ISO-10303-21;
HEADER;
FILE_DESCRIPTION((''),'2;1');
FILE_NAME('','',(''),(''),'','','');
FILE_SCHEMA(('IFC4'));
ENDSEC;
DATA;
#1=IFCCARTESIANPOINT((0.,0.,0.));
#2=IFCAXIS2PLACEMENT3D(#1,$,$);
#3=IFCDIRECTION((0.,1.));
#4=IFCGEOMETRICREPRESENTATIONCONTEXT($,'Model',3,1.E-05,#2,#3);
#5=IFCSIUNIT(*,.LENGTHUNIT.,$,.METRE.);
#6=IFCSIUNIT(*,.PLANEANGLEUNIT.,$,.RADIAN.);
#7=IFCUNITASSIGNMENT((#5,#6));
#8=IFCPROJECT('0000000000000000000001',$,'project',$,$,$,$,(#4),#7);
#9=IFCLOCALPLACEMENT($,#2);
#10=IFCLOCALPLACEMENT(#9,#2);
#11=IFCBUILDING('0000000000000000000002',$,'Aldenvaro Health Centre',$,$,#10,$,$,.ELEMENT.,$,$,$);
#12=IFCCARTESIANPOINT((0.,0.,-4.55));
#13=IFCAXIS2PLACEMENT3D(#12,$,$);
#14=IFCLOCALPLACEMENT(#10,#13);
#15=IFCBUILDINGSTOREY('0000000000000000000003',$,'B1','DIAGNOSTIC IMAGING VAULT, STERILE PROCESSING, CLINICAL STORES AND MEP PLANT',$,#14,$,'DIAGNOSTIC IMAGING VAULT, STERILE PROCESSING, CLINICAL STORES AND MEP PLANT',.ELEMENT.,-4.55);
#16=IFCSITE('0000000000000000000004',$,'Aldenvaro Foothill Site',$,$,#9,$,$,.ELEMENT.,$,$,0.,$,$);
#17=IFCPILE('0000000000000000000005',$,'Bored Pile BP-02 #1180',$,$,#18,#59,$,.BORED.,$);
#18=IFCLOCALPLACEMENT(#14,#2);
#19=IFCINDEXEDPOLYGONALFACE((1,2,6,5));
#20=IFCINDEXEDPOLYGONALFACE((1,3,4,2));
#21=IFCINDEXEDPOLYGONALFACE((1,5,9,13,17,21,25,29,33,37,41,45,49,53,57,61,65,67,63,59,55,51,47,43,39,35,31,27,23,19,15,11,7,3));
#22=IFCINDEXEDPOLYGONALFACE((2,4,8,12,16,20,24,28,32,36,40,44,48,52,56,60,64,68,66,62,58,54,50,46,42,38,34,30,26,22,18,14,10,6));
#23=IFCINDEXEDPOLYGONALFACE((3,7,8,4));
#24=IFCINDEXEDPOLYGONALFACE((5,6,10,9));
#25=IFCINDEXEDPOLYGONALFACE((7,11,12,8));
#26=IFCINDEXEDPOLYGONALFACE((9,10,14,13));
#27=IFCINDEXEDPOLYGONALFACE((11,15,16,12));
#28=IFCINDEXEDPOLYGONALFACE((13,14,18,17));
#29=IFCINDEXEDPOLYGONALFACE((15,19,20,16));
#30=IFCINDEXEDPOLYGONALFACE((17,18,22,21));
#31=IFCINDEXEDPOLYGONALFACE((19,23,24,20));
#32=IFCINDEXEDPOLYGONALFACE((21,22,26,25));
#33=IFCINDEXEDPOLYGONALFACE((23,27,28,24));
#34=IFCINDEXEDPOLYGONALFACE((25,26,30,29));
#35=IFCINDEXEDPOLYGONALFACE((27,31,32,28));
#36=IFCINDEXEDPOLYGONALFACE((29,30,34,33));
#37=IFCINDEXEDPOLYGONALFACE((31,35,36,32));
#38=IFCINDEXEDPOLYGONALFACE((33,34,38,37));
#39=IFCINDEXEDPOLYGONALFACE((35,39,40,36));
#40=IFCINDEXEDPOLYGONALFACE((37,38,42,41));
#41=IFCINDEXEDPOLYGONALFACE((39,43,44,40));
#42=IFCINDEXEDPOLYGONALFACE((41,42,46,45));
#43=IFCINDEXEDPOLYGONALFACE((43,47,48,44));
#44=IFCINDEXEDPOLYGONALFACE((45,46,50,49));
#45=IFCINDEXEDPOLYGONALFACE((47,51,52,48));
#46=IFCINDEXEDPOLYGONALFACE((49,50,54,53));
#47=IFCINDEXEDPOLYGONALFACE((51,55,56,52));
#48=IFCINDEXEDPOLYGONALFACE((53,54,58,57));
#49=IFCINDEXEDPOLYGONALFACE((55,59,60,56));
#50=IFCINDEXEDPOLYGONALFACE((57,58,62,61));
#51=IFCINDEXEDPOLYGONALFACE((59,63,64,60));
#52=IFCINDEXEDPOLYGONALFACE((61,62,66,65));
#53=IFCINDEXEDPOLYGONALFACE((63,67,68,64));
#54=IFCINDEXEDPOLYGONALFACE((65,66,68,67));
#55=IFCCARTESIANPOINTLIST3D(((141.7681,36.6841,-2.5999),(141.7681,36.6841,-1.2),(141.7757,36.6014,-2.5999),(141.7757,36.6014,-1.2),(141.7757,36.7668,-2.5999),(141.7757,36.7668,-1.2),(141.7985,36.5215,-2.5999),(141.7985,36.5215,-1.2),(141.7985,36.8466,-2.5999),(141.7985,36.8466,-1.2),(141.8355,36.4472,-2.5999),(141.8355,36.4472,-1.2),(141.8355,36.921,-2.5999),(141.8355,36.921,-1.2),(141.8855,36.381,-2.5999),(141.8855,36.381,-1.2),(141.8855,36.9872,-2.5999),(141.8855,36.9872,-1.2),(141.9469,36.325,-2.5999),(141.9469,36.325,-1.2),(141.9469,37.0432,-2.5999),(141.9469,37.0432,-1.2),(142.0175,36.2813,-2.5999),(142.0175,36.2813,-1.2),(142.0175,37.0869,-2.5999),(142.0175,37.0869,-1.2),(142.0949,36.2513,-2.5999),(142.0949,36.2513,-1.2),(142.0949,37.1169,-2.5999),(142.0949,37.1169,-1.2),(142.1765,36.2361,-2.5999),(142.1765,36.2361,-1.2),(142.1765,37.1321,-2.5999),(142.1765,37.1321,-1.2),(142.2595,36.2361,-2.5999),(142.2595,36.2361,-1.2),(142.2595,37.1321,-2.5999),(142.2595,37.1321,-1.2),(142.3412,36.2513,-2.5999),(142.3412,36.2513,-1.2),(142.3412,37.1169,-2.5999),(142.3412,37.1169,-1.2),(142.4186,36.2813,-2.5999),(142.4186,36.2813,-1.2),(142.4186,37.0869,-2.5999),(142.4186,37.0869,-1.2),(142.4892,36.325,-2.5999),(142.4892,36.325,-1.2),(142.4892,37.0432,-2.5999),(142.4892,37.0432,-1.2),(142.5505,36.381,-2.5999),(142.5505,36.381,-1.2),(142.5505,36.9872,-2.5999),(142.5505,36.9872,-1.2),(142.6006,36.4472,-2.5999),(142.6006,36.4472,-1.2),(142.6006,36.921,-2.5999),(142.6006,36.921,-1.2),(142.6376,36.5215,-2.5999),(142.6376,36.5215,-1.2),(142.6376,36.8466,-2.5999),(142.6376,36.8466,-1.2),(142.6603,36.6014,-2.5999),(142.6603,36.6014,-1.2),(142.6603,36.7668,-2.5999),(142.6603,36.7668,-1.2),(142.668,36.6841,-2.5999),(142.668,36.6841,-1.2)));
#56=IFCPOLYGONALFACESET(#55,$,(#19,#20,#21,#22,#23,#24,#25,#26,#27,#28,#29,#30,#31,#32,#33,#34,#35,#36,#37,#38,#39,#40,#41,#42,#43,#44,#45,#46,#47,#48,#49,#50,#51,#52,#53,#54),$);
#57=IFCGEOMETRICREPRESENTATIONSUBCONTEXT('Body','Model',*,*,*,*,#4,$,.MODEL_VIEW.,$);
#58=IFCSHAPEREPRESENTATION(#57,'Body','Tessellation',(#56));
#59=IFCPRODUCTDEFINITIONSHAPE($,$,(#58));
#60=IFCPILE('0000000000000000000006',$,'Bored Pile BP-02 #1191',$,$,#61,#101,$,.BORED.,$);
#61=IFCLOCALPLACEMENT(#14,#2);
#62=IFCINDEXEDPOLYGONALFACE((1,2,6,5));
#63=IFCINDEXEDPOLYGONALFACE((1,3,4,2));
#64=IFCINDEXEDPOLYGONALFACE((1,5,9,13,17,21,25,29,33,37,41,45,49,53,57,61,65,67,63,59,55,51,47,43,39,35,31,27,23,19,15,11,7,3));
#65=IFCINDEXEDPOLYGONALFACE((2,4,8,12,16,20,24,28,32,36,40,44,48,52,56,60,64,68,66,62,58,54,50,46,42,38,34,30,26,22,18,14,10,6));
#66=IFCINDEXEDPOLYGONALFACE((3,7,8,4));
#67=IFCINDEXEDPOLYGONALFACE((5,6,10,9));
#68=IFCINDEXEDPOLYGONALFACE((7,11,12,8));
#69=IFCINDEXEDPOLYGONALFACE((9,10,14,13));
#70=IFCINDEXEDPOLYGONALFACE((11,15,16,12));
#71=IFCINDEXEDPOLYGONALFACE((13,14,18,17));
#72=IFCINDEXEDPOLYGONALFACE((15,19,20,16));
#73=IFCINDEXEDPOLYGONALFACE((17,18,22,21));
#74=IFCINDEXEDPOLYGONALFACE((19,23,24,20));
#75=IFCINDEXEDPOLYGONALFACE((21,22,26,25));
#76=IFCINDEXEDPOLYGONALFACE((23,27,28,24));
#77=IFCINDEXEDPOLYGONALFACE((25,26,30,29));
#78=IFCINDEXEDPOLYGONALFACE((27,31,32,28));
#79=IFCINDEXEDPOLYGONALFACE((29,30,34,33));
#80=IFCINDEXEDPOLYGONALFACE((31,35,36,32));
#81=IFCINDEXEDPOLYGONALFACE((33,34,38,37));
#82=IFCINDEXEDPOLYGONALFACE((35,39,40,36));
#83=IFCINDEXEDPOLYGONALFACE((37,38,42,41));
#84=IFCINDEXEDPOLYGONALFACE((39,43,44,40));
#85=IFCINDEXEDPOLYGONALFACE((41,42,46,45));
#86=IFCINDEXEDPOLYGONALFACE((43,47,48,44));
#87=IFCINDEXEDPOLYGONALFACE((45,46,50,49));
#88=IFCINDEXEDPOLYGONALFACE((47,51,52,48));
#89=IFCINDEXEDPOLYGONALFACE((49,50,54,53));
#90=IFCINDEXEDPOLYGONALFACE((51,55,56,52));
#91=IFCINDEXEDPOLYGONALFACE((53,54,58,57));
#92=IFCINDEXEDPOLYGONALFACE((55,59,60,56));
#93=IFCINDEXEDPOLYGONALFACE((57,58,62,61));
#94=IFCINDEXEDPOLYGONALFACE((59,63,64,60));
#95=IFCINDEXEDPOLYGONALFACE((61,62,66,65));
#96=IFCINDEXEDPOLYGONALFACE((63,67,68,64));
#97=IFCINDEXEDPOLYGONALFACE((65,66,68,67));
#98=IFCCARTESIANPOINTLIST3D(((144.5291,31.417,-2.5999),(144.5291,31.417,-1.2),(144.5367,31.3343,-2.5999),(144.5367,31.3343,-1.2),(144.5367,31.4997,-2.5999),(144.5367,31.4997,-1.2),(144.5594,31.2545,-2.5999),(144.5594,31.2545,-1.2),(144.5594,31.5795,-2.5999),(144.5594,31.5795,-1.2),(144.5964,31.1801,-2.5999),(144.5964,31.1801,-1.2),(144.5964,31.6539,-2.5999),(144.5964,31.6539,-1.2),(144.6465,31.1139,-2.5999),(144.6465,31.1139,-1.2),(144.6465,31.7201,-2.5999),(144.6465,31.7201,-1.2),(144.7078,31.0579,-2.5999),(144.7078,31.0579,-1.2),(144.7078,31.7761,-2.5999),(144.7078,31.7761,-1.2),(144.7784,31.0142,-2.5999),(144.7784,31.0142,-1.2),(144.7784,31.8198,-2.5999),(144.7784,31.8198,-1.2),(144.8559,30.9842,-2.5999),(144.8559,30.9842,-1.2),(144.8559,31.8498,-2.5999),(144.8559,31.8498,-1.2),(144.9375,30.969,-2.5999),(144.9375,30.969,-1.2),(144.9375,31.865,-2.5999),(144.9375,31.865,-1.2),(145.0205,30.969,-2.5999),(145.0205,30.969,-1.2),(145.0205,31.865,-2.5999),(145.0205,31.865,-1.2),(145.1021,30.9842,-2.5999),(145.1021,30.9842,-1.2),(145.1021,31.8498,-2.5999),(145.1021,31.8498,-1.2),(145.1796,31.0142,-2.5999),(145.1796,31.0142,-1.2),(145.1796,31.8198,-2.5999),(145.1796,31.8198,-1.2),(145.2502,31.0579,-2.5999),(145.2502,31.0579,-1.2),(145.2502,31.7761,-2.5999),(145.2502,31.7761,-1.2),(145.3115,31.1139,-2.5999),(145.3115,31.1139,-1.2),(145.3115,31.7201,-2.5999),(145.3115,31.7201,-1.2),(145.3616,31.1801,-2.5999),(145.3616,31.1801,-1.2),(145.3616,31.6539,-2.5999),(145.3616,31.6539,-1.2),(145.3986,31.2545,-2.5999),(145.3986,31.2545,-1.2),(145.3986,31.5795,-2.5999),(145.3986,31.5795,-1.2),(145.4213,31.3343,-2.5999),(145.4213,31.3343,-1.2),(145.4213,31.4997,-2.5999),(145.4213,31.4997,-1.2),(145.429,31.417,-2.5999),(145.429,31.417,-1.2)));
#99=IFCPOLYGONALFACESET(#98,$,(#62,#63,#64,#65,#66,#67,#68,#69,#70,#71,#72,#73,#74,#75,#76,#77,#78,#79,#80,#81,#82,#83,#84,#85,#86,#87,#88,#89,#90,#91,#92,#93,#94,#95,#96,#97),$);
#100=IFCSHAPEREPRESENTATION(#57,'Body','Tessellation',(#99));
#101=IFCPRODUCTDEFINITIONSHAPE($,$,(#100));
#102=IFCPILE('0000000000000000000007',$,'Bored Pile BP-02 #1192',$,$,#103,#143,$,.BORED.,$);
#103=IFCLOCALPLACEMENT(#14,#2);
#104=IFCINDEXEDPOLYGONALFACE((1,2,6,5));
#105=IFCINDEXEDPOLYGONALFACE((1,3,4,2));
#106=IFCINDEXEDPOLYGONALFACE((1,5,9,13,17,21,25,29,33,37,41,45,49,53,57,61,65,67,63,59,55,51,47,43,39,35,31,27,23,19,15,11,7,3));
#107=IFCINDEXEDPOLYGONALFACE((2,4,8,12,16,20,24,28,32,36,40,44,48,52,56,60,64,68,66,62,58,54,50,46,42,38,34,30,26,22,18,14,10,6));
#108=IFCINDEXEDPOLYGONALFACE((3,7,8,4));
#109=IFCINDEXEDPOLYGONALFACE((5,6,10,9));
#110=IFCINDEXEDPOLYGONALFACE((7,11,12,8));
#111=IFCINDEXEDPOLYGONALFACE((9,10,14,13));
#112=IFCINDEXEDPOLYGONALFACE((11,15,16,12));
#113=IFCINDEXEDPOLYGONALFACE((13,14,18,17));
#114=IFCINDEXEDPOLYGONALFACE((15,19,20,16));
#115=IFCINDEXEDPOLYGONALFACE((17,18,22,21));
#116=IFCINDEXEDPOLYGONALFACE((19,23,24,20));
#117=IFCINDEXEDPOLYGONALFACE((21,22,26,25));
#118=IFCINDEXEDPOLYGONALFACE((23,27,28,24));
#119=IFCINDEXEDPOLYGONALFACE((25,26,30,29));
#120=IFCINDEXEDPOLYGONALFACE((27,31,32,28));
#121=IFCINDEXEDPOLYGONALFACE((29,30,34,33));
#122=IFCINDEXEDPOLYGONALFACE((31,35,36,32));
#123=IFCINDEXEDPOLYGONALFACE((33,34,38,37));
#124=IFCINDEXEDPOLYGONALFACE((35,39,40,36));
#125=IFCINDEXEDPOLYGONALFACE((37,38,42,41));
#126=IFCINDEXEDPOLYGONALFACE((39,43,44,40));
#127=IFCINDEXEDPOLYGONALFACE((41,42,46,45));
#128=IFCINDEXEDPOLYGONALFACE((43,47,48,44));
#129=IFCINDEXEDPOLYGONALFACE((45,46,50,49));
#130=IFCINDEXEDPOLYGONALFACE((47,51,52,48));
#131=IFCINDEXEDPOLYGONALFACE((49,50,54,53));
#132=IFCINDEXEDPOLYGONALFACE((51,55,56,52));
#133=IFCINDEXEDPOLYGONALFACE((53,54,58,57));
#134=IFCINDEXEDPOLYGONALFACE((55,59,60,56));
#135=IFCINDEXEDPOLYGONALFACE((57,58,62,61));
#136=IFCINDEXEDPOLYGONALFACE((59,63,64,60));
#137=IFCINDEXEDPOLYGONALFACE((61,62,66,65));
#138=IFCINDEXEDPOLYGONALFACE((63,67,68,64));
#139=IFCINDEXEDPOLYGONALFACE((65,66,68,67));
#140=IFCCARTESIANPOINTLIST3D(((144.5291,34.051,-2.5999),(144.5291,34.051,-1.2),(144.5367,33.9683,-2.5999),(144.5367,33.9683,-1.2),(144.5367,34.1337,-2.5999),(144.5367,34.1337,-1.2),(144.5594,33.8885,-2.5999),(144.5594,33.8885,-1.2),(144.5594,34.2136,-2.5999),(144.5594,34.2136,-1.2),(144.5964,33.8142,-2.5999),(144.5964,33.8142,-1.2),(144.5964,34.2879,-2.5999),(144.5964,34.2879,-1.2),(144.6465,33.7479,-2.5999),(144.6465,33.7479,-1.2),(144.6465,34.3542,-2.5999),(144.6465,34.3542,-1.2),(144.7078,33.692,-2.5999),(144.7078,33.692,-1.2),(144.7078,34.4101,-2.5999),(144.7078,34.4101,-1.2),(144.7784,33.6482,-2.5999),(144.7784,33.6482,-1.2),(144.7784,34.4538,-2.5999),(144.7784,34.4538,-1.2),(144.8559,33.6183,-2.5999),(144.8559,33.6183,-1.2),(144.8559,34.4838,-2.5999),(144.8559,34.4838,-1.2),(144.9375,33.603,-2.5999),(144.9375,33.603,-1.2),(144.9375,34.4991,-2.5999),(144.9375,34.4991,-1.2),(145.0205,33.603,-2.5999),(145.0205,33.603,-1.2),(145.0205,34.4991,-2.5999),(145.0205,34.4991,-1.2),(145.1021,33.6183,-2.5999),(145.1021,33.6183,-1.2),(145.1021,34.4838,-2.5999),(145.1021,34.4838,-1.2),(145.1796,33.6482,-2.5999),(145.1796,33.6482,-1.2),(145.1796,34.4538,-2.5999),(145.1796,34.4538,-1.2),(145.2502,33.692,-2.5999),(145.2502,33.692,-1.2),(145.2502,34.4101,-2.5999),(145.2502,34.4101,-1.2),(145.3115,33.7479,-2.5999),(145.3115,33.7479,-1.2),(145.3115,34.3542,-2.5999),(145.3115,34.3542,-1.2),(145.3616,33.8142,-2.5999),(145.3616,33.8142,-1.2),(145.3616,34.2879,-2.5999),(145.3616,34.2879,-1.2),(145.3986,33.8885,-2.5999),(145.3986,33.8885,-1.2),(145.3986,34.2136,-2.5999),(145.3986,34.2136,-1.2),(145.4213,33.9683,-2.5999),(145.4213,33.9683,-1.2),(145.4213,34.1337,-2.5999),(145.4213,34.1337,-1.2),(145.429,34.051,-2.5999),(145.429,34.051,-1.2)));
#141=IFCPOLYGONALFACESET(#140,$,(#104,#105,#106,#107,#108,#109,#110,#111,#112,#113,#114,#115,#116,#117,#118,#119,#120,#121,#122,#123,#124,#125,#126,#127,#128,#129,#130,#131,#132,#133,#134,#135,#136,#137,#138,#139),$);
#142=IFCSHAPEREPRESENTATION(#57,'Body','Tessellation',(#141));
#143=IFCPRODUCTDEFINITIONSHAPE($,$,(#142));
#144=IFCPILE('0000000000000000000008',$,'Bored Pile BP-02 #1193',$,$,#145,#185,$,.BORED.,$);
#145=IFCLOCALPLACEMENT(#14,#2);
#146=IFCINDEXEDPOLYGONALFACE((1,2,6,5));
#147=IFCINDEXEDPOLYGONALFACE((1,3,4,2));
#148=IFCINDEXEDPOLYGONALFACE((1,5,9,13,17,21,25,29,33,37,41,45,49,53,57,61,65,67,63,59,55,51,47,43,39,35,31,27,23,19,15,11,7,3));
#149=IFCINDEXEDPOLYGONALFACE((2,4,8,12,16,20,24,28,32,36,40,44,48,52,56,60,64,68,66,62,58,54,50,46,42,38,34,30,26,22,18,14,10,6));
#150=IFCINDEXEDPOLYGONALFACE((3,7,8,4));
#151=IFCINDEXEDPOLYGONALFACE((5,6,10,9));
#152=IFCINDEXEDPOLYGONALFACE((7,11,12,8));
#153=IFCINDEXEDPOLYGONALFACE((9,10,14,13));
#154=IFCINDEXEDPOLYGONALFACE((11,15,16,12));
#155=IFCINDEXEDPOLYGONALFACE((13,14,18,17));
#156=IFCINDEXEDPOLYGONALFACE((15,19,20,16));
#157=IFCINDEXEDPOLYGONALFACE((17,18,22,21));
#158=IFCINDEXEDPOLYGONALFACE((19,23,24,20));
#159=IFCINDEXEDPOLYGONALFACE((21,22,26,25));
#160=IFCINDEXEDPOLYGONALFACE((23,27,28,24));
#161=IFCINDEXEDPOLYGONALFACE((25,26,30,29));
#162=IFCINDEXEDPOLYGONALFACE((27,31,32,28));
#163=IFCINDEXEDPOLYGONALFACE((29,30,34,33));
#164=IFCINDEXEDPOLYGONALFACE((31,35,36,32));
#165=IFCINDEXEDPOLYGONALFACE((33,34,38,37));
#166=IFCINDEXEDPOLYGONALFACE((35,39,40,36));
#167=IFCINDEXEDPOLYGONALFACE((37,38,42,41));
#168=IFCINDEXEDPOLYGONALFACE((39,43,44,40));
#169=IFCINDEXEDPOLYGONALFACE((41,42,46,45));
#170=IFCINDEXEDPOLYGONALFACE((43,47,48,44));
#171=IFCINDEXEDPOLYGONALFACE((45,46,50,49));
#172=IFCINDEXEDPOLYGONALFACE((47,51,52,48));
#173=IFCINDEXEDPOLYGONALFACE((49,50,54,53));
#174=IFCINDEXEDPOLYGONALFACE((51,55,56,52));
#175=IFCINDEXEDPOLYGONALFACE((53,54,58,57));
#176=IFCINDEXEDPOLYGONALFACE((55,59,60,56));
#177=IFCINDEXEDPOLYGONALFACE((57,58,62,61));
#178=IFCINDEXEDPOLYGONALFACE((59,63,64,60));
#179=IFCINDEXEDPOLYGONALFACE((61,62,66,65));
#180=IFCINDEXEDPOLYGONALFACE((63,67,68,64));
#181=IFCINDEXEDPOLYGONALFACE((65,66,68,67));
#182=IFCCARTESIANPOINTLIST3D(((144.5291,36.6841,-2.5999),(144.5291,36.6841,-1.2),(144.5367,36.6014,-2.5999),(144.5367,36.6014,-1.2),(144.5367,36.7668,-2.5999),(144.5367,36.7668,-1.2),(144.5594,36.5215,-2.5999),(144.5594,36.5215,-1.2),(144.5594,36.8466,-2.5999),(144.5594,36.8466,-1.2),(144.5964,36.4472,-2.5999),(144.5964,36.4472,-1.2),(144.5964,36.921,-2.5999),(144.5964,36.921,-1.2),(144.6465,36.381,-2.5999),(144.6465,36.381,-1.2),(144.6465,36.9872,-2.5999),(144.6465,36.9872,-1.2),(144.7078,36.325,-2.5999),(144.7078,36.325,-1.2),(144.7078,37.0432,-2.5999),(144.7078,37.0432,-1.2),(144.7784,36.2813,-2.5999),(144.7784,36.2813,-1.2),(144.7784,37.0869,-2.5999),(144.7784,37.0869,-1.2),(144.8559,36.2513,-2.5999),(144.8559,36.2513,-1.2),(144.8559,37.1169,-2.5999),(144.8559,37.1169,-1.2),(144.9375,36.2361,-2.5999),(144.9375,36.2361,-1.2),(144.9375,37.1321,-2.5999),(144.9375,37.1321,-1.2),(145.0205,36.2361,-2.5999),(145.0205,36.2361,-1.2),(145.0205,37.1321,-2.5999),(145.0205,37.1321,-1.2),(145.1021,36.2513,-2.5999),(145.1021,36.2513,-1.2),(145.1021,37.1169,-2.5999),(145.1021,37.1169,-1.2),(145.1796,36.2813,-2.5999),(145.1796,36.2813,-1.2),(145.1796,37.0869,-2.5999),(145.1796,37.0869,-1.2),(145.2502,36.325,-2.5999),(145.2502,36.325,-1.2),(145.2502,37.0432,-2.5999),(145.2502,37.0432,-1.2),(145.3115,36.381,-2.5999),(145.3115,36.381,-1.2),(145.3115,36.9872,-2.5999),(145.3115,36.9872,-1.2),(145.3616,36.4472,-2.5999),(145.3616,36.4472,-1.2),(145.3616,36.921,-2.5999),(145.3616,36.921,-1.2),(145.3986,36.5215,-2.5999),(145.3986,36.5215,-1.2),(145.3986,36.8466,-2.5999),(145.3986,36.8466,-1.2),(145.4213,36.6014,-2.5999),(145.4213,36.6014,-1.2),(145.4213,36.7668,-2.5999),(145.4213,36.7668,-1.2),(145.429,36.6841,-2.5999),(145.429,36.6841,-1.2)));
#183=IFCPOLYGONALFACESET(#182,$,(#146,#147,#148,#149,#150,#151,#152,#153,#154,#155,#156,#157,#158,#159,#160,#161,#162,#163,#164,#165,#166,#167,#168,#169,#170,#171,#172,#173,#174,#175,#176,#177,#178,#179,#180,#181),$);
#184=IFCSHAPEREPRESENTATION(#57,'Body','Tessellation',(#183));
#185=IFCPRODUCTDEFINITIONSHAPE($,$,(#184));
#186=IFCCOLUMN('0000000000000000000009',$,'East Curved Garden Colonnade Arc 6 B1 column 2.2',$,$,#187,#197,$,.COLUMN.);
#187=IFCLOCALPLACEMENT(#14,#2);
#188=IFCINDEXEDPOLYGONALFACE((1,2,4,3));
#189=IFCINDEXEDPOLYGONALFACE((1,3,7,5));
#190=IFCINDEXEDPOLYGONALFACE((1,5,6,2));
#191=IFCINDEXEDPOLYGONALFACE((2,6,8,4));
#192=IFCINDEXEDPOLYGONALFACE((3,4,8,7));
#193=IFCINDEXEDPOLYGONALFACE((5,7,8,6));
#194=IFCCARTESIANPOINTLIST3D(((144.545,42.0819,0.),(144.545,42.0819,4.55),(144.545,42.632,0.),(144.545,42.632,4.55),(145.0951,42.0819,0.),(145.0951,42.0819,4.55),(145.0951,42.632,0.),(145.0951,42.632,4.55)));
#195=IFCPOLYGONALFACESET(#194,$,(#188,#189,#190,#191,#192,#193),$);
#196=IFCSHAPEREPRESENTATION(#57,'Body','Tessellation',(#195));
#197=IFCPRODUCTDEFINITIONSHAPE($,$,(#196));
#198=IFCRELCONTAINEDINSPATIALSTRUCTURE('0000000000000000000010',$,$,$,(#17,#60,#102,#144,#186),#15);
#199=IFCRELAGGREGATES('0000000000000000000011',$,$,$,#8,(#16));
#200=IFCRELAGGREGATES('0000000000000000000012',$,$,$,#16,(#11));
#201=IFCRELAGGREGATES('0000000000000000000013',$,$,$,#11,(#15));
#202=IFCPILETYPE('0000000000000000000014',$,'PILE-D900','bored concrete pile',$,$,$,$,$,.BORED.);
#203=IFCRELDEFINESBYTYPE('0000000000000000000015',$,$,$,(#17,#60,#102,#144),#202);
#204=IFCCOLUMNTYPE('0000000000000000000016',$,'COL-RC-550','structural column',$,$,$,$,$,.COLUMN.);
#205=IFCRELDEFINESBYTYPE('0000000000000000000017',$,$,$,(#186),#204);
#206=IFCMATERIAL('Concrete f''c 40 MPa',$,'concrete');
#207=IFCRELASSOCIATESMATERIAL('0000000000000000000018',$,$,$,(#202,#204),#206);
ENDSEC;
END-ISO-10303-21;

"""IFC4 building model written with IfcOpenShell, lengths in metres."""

from ifc_helpers import new_model, si_unit, direction, frame, origin, origin_2d, place, context, subcontext, project, spatial, rectangle, circle, extrude, material, material_profile, profile_set, type_object, element, save


model = new_model("IFC4")

# Units and contexts
model_context = context("Model", 3, precision=1e-05, world=origin(), true_north=direction((0.0, 1.0)))
body_context = subcontext(model_context, "Body", "Model", "MODEL_VIEW")
ifc_project = project(units=[si_unit("LENGTHUNIT", "METRE"), si_unit("PLANEANGLEUNIT", "RADIAN")], contexts=[model_context])

# Site, building, storey
site_placement = place(None, origin())
site = spatial("IfcSite", under=ifc_project, at=site_placement, Name="Aldenvaro Foothill Site", CompositionType="ELEMENT", RefElevation=0.0)
building_placement = place(site_placement, origin())
building = spatial("IfcBuilding", under=site, at=building_placement, Name="Aldenvaro Health Centre", CompositionType="ELEMENT")
storey_placement = place(building_placement, frame((0.0, 0.0, -4.55)))
storey = spatial("IfcBuildingStorey", under=building, at=storey_placement, Name="B1", Description="DIAGNOSTIC IMAGING VAULT, STERILE PROCESSING, CLINICAL STORES AND MEP PLANT", LongName="DIAGNOSTIC IMAGING VAULT, STERILE PROCESSING, CLINICAL STORES AND MEP PLANT", CompositionType="ELEMENT", Elevation=-4.55)

# Shared definitions
ifc_material_1 = material(Name="Concrete f'c 40 MPa", Category="concrete")

# Piles
ifc_material_profile_1 = material_profile(ifc_material_1, circle(Radius=0.45, at=origin_2d()), Name="PILE D900", Category="concrete")
ifc_profile_set_1 = profile_set([ifc_material_profile_1], Name="Concrete f'c 40 MPa")
pile_type_1 = type_object("IfcPileType", Name="PILE-D900", Description="bored concrete pile", PredefinedType="BORED", material=ifc_profile_set_1)
for number, where, z_axis, x_axis, name in (
    (1, (142.218, 36.6841, -1.2), (0.0, 0.0, -1.0), (1.0, 0.0, 0.0), "Bored Pile BP-02 #1180"),
    (2, (144.979, 31.417, -1.2), (0.0, 0.0, -1.0), (1.0, 0.0, 0.0), "Bored Pile BP-02 #1191"),
    (3, (144.979, 34.051, -1.2), (0.0, 0.0, -1.0), (1.0, 0.0, 0.0), "Bored Pile BP-02 #1192"),
    (4, (144.979, 36.6841, -1.2), (0.0, 0.0, -1.0), (1.0, 0.0, 0.0), "Bored Pile BP-02 #1193"),
):
    element("IfcPile", number, at=place(storey_placement, frame(where, z_axis=z_axis, x_axis=x_axis)), inside=storey, type_object=pile_type_1, Name=name, PredefinedType="BORED", context=body_context, shape_type="SweptSolid", body=[
        extrude(circle(Radius=0.45, at=origin_2d()), origin(), (0.0, 0.0, 1.0), 1.3999),
    ])

# Column
ifc_material_profile_2 = material_profile(ifc_material_1, rectangle(XDim=0.55, YDim=0.55, at=origin_2d()), Name="RC 550x550", Category="concrete")
ifc_profile_set_2 = profile_set([ifc_material_profile_2], Name="Concrete f'c 40 MPa")
column_type = type_object("IfcColumnType", Name="COL-RC-550", Description="structural column", PredefinedType="COLUMN", material=ifc_profile_set_2)
column_placement = place(storey_placement, frame((144.8201, 42.3569, 0.0), z_axis=(0.0, 0.0, 1.0), x_axis=(1.0, 0.0, 0.0)))
element("IfcColumn", 5, at=column_placement, inside=storey, type_object=column_type, Name="East Curved Garden Colonnade Arc 6 B1 column 2.2", PredefinedType="COLUMN", context=body_context, shape_type="SweptSolid", body=[
    extrude(rectangle(XDim=0.55, YDim=0.55, at=origin_2d()), origin(), (0.0, 0.0, 1.0), 4.55),
])

save(model, "model.ifc")
